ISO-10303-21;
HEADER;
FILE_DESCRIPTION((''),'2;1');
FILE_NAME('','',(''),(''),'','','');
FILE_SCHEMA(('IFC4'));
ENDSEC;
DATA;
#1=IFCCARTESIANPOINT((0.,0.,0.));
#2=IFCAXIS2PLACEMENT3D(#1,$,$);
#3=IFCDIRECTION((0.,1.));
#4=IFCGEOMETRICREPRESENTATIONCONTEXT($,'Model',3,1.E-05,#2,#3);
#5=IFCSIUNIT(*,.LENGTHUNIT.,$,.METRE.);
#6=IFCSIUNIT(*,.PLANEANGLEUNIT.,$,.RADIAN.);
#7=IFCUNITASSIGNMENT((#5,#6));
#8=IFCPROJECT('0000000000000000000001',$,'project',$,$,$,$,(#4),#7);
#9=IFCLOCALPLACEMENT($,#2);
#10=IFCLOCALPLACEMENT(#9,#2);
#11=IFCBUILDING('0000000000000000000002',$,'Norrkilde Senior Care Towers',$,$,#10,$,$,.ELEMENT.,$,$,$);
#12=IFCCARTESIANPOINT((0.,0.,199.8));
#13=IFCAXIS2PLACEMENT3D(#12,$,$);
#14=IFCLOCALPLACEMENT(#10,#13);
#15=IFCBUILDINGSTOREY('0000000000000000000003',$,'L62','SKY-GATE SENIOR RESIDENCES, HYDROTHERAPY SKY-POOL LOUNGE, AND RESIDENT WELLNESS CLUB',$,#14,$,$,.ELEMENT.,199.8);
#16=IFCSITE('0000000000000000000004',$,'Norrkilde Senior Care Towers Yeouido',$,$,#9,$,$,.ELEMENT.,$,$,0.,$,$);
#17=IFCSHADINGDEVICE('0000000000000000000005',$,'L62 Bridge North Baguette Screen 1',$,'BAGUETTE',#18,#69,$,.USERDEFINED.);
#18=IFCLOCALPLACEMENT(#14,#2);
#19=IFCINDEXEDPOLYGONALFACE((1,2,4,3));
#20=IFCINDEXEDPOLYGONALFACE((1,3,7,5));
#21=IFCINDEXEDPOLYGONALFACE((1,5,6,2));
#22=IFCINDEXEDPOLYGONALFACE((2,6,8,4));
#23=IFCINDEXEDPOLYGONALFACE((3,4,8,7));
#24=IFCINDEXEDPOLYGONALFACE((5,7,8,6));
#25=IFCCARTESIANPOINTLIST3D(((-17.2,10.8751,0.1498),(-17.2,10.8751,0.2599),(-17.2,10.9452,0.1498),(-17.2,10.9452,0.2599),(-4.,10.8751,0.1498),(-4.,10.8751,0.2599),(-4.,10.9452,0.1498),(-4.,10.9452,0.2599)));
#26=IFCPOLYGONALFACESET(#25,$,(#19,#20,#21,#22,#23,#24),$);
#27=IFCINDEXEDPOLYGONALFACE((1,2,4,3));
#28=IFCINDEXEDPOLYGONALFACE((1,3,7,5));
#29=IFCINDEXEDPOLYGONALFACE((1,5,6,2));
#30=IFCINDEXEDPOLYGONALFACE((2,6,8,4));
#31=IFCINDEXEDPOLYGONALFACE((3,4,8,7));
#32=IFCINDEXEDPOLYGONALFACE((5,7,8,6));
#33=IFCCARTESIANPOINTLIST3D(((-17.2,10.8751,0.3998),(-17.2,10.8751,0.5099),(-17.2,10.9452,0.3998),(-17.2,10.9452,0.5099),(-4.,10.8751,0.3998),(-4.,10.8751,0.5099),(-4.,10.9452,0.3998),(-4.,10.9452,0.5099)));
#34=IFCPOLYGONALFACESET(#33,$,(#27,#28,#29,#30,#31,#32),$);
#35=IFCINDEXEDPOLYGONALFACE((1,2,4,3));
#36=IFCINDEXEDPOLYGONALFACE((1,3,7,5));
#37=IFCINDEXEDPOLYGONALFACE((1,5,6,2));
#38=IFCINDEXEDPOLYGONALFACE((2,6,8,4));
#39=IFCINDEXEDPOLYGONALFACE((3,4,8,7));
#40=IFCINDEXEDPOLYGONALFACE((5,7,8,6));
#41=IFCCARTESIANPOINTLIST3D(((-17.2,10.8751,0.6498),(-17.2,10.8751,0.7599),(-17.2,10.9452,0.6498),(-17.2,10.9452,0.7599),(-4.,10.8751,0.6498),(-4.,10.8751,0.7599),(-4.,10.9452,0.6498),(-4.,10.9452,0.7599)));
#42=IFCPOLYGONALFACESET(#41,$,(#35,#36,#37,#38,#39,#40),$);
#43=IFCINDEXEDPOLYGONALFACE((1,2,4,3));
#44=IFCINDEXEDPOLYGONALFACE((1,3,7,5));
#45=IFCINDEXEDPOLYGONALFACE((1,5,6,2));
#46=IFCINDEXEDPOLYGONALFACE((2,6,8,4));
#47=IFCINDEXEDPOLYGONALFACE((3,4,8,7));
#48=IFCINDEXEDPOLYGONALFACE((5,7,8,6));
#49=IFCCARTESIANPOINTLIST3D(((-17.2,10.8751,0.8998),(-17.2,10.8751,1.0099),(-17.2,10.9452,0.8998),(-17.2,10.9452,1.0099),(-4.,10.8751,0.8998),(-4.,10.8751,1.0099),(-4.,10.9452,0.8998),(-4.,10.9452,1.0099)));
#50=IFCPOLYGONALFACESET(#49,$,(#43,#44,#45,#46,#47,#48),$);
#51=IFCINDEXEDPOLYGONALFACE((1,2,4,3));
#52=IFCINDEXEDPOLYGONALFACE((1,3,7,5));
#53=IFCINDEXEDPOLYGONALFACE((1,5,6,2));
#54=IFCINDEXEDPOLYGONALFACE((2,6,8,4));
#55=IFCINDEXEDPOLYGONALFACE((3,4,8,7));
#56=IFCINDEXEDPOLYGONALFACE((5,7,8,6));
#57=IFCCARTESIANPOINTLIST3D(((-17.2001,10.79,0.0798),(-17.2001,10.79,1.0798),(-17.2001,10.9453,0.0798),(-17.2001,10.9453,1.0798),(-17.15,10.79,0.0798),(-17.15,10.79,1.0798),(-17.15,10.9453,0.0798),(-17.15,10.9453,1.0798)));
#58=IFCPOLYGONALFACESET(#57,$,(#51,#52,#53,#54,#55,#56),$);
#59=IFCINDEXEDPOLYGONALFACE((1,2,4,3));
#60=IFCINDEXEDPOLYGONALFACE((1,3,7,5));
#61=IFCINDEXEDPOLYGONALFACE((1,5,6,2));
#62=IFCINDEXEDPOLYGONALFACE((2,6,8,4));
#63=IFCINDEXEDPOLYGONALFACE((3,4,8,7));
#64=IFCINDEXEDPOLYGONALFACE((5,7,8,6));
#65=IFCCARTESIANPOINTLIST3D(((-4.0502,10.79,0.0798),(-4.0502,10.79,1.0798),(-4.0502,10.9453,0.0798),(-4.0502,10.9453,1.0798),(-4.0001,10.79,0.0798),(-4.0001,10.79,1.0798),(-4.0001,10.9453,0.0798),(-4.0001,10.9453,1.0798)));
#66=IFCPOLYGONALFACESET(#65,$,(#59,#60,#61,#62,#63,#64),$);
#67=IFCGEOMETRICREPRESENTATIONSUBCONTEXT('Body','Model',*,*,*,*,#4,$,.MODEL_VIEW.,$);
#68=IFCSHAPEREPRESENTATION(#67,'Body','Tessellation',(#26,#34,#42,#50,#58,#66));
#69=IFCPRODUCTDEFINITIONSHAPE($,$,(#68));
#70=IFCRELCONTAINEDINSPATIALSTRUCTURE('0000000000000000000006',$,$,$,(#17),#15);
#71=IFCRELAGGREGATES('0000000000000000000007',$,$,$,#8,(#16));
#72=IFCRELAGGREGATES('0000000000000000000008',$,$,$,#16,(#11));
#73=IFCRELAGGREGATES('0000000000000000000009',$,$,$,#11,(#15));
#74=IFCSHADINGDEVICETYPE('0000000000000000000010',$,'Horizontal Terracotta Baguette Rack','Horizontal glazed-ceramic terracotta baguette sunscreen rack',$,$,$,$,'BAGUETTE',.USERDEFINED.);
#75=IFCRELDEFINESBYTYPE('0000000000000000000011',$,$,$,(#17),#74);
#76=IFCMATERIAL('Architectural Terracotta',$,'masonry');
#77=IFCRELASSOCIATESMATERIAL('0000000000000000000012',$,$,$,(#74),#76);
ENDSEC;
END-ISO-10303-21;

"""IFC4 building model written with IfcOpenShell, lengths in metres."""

from ifc_helpers import new_model, si_unit, direction, frame, origin, origin_2d, place, context, subcontext, project, spatial, rectangle, extrude, source, transform, mapped, material, type_object, type_shapes, element, save


model = new_model("IFC4")

# Units and contexts
model_context = context("Model", 3, precision=1e-05, world=origin(), true_north=direction((0.0, 1.0)))
body_context = subcontext(model_context, "Body", "Model", "MODEL_VIEW")
ifc_project = project(units=[si_unit("LENGTHUNIT", "METRE"), si_unit("PLANEANGLEUNIT", "RADIAN")], contexts=[model_context])

# Site, building, storey
site_placement = place(None, origin())
site = spatial("IfcSite", under=ifc_project, at=site_placement, Name="Norrkilde Senior Care Towers Yeouido", CompositionType="ELEMENT", RefElevation=0.0)
building_placement = place(site_placement, origin())
building = spatial("IfcBuilding", under=site, at=building_placement, Name="Norrkilde Senior Care Towers", CompositionType="ELEMENT")
storey_placement = place(building_placement, frame((0.0, 0.0, 199.8)))
storey = spatial("IfcBuildingStorey", under=building, at=storey_placement, Name="L62", Description="SKY-GATE SENIOR RESIDENCES, HYDROTHERAPY SKY-POOL LOUNGE, AND RESIDENT WELLNESS CLUB", CompositionType="ELEMENT", Elevation=199.8)

# Shared definitions
ifc_material_1 = material(Name="Architectural Terracotta", Category="masonry")

# Shading device
shading_device_type = type_object("IfcShadingDeviceType", Name="Horizontal Terracotta Baguette Rack", Description="Horizontal glazed-ceramic terracotta baguette sunscreen rack", ElementType="BAGUETTE", PredefinedType="USERDEFINED", material=ifc_material_1)
shared_shape_1 = source(origin(), body_context, "Body", "SweptSolid", [
    extrude(rectangle(XDim=0.0701, YDim=0.1101, at=origin_2d()), frame((0.0, 0.0901, 0.125), z_axis=(1.0, 0.0, 0.0), x_axis=(0.0, 1.0, 0.0)), (0.0, 0.0, 1.0), 13.2),
    extrude(rectangle(XDim=0.0701, YDim=0.1101, at=origin_2d()), frame((0.0, 0.0901, 0.375), z_axis=(1.0, 0.0, 0.0), x_axis=(0.0, 1.0, 0.0)), (0.0, 0.0, 1.0), 13.2),
    extrude(rectangle(XDim=0.0701, YDim=0.1101, at=origin_2d()), frame((0.0, 0.0901, 0.625), z_axis=(1.0, 0.0, 0.0), x_axis=(0.0, 1.0, 0.0)), (0.0, 0.0, 1.0), 13.2),
    extrude(rectangle(XDim=0.0701, YDim=0.1101, at=origin_2d()), frame((0.0, 0.0901, 0.875), z_axis=(1.0, 0.0, 0.0), x_axis=(0.0, 1.0, 0.0)), (0.0, 0.0, 1.0), 13.2),
    extrude(rectangle(XDim=0.05, YDim=0.1553, at=origin_2d()), frame((0.0249, 0.0476, 0.0)), (0.0, 0.0, 1.0), 1.0),
    extrude(rectangle(XDim=0.05, YDim=0.1553, at=origin_2d()), frame((13.1748, 0.0476, 0.0)), (0.0, 0.0, 1.0), 1.0),
])
type_shapes(shading_device_type, [shared_shape_1])
shading_device_placement = place(storey_placement, frame((-17.2, 10.8201, 0.0798), z_axis=(0.0, 0.0, 1.0), x_axis=(1.0, 0.0, 0.0)))
element("IfcShadingDevice", 1, at=shading_device_placement, inside=storey, type_object=shading_device_type, Name="L62 Bridge North Baguette Screen 1", ObjectType="BAGUETTE", PredefinedType="USERDEFINED", context=body_context, shape_type="MappedRepresentation", body=[
    mapped(shared_shape_1, transform((0.0, 0.0, 0.0), x_axis=(1.0, 0.0, 0.0), y_axis=(0.0, 1.0, 0.0), z_axis=(0.0, 0.0, 1.0), scale=1.0)),
])

save(model, "model.ifc")
